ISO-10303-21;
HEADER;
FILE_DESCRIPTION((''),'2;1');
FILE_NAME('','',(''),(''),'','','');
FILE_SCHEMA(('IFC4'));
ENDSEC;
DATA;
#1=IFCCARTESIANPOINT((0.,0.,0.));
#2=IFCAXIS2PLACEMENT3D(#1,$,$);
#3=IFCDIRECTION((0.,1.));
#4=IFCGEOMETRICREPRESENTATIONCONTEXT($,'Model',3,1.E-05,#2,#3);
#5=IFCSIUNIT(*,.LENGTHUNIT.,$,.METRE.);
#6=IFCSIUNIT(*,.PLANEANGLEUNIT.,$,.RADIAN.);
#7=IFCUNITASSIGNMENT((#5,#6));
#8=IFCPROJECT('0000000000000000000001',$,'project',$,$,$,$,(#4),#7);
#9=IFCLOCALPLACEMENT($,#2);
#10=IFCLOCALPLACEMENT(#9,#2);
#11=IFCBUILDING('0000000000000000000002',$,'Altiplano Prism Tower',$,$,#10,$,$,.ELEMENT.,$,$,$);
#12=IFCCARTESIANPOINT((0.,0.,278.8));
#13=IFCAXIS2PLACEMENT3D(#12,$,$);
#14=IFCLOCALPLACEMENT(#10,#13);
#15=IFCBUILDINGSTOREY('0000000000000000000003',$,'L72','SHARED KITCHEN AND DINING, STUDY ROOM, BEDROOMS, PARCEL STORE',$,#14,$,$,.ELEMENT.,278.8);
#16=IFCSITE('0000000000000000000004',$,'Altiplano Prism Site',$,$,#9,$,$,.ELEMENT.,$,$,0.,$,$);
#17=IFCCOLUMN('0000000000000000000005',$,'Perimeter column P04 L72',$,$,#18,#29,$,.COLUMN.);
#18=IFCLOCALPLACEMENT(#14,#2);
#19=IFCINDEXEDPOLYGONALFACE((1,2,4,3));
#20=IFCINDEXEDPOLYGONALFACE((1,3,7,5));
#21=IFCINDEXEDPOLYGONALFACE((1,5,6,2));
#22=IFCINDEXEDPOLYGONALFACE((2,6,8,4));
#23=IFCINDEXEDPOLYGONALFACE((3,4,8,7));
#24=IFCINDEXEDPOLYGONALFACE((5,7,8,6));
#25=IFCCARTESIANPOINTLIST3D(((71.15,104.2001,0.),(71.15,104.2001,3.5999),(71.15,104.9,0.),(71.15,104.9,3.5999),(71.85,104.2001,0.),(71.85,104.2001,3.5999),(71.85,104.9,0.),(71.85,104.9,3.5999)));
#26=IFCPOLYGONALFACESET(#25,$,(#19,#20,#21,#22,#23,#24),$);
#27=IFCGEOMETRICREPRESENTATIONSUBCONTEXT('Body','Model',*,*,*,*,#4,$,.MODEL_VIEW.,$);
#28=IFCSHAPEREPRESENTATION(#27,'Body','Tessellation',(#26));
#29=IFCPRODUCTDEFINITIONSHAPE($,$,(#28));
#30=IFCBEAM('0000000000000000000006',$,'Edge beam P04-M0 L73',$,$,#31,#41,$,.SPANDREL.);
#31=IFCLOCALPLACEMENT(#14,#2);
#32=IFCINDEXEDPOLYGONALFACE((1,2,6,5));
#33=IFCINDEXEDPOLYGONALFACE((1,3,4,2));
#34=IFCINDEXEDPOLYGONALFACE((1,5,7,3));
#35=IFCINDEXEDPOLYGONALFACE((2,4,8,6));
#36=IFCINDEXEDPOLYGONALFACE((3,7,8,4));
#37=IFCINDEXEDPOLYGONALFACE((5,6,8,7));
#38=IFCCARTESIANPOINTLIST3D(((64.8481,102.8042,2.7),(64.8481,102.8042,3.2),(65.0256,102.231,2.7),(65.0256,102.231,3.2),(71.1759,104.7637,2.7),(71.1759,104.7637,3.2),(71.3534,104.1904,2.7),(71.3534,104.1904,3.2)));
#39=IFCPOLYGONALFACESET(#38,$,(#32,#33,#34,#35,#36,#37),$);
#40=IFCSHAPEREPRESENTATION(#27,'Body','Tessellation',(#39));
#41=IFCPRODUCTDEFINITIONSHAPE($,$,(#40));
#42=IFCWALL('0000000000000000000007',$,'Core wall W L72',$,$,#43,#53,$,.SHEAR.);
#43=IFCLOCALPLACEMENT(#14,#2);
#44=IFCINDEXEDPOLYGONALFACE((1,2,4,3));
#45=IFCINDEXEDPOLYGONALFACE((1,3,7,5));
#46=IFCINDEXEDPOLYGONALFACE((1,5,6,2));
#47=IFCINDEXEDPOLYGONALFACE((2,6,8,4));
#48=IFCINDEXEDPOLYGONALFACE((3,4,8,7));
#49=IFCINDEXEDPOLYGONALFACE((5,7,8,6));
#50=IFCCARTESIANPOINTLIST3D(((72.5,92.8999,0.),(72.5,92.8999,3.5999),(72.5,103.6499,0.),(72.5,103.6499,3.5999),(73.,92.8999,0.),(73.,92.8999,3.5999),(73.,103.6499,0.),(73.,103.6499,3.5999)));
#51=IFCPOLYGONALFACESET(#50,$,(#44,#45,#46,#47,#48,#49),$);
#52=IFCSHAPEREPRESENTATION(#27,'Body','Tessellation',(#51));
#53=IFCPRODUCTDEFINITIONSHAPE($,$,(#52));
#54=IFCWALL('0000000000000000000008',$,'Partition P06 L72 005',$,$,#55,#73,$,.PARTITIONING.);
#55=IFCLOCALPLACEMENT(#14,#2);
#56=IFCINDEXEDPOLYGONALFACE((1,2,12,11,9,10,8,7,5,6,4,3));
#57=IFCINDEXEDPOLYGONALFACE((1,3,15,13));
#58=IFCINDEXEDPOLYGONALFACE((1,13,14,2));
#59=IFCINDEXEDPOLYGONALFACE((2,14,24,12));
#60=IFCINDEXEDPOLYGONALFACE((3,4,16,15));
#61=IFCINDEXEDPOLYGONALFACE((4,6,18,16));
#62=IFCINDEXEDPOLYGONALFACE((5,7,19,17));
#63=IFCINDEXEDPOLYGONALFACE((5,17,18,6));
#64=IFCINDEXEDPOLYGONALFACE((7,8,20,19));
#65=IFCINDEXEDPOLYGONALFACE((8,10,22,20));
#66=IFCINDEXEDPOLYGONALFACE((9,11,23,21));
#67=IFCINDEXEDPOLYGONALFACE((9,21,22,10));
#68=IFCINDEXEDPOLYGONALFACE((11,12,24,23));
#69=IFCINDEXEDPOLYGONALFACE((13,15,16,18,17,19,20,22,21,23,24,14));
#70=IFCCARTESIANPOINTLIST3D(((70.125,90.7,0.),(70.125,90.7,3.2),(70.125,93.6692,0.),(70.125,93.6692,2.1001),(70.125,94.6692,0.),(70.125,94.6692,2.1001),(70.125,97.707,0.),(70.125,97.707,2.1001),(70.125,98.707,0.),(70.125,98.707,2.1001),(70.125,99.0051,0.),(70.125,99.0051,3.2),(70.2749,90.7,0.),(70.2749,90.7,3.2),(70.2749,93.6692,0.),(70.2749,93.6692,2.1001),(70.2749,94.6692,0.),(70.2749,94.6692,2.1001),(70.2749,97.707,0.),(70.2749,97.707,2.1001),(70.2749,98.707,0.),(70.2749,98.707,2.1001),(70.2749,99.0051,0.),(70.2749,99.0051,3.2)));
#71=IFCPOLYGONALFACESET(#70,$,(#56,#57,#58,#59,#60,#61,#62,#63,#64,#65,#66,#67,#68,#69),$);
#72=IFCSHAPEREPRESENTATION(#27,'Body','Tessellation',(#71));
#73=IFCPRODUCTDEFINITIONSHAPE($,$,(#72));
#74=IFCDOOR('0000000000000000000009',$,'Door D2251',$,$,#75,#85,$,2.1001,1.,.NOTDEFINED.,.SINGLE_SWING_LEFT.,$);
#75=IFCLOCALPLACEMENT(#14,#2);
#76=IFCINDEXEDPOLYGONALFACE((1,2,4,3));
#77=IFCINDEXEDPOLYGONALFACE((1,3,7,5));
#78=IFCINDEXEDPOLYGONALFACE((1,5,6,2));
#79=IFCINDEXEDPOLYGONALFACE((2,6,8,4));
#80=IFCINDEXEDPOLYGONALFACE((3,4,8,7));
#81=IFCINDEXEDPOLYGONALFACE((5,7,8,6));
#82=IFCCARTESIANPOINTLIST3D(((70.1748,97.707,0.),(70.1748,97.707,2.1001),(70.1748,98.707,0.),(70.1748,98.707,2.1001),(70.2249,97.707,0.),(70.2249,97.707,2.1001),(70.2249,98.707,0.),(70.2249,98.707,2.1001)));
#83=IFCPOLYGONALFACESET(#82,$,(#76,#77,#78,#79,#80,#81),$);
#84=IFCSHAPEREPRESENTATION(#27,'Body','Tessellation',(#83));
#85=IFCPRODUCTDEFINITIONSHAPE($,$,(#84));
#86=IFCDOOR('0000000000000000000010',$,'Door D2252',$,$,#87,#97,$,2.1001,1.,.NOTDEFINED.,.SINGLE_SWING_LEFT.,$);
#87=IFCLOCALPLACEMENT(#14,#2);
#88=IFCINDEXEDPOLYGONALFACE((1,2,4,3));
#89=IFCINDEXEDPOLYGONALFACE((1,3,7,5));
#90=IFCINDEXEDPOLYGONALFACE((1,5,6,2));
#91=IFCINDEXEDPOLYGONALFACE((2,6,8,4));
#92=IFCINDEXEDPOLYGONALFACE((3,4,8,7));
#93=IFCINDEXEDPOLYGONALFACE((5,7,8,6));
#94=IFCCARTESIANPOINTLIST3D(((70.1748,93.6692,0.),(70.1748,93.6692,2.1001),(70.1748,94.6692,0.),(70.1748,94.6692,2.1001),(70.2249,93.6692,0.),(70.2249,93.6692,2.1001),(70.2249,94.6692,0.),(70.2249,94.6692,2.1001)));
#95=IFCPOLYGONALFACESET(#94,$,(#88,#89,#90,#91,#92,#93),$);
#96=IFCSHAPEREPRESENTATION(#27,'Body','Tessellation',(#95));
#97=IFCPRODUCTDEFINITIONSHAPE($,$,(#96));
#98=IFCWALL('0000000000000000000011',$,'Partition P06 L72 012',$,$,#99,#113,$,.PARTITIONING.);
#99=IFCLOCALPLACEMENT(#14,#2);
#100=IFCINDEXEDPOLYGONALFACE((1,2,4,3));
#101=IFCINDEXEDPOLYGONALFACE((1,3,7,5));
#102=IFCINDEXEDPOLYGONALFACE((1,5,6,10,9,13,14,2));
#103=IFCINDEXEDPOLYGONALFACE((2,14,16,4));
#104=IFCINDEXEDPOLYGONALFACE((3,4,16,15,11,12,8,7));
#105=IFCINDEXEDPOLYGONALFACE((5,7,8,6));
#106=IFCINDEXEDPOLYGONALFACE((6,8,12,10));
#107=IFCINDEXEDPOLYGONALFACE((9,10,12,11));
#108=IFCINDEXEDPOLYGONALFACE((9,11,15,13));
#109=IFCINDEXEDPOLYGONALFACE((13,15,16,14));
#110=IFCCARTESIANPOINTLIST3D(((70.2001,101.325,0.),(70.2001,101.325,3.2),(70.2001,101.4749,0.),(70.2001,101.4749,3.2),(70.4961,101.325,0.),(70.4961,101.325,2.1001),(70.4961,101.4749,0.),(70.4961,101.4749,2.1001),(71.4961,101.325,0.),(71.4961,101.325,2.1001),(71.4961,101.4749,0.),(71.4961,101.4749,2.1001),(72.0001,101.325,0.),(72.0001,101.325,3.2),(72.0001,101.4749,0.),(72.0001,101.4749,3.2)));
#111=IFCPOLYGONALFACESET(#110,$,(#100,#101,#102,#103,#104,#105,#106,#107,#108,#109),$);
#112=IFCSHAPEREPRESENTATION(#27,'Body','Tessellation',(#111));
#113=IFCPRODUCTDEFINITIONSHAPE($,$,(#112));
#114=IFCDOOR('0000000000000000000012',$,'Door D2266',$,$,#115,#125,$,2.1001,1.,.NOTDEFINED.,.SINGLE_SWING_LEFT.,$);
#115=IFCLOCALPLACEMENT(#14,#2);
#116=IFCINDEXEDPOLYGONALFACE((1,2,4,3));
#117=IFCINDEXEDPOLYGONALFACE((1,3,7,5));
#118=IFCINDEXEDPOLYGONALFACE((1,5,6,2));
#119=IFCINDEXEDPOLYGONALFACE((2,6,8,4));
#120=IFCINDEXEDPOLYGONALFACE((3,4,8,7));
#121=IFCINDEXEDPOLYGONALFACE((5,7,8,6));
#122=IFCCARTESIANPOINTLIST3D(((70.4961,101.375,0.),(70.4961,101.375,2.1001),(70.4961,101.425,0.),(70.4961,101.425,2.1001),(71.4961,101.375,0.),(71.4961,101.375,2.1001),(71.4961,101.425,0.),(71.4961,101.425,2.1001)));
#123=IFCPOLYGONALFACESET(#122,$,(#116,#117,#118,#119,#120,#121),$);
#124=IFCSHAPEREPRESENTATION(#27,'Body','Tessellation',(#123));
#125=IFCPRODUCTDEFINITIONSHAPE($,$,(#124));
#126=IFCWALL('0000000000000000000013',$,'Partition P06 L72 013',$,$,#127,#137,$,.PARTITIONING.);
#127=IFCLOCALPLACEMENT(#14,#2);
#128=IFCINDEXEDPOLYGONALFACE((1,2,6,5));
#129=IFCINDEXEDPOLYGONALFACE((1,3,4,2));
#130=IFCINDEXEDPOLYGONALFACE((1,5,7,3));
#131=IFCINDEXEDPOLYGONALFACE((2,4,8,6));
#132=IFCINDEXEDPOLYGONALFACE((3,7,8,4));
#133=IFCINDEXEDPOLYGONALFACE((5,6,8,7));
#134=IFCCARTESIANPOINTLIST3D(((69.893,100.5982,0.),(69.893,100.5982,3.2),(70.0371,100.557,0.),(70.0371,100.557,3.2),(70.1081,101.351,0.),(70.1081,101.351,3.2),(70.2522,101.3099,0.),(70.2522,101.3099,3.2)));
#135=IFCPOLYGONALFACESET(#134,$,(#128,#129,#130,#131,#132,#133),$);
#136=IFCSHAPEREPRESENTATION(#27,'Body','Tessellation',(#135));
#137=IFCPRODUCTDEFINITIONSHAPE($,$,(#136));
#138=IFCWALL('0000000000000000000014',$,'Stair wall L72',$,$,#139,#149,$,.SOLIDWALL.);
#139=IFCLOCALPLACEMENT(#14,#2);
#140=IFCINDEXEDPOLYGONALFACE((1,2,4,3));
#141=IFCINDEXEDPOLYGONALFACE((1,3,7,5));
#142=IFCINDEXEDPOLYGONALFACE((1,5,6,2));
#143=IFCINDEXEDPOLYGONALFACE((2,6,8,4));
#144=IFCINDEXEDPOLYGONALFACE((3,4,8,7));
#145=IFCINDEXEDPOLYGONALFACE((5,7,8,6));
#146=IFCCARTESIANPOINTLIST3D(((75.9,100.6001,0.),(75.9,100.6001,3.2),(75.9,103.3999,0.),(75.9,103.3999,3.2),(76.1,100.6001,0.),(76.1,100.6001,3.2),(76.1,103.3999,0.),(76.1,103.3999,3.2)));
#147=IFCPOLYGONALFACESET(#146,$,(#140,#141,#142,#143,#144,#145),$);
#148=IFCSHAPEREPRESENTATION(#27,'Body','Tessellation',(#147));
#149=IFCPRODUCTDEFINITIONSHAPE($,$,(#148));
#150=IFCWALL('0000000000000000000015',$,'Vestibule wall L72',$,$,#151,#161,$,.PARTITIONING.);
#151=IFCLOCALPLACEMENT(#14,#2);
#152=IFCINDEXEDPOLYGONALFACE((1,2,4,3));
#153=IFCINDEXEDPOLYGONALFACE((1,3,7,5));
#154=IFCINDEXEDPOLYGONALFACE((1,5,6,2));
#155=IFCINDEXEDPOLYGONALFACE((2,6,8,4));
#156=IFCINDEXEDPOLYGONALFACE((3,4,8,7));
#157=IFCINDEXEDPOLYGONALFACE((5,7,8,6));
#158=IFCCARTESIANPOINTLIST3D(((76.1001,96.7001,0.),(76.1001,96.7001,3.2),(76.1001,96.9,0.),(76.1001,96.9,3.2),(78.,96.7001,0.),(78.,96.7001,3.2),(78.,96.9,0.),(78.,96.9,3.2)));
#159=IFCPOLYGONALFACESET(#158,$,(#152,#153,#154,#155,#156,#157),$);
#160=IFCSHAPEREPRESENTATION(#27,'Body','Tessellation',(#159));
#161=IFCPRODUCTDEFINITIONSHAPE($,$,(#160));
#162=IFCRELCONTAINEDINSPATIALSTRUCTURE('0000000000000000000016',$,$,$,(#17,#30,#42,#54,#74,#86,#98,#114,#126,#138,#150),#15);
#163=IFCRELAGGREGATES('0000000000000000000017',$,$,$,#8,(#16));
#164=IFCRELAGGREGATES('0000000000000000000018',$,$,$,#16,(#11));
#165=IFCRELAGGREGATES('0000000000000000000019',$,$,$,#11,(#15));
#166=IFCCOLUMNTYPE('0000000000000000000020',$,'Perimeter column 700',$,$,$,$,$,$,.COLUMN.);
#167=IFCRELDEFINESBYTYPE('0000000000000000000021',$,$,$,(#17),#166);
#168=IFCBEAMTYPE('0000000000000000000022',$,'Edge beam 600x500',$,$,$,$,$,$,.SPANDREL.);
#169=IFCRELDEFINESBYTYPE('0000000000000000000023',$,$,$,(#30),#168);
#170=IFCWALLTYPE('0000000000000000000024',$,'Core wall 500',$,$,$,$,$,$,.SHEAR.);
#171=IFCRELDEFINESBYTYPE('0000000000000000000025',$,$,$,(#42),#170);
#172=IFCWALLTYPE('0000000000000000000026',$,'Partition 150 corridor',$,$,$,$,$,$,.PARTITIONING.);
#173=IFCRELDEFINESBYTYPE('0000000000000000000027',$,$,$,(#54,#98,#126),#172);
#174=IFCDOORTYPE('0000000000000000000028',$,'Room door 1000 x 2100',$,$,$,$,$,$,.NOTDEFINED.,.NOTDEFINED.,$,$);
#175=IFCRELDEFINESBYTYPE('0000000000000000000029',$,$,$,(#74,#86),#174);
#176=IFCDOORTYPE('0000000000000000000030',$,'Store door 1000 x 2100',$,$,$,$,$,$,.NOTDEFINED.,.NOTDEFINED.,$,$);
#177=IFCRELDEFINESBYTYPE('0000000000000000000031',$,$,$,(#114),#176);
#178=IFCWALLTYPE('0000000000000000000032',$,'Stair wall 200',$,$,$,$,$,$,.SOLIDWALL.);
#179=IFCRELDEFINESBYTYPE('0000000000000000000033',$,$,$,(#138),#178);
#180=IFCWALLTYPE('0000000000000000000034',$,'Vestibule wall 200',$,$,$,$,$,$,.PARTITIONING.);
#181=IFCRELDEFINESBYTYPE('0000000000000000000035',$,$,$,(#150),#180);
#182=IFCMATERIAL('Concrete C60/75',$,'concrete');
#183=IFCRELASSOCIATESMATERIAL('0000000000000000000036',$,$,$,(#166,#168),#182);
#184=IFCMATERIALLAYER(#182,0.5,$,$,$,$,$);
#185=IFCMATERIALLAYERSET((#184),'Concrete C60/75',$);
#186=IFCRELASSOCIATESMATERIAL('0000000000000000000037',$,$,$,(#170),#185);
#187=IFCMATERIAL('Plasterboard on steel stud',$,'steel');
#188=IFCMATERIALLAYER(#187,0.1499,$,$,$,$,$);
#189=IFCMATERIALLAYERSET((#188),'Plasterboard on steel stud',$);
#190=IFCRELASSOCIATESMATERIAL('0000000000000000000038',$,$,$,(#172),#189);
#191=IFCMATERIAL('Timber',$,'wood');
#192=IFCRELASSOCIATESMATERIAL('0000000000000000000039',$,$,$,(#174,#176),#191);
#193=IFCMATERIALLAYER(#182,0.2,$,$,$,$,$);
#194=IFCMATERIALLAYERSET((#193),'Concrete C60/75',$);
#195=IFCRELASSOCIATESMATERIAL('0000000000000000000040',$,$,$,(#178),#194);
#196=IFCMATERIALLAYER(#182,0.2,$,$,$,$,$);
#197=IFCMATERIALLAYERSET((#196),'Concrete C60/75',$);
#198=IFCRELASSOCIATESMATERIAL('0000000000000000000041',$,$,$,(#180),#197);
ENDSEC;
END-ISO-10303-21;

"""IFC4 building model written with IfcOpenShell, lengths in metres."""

from ifc_helpers import new_model, si_unit, direction, frame, frame_2d, origin, origin_2d, place, context, subcontext, project, spatial, rectangle, extrude, material, layer, layer_set, material_profile, profile_set, type_object, element, fill, save


model = new_model("IFC4")

# Units and contexts
model_context = context("Model", 3, precision=1e-05, world=origin(), true_north=direction((0.0, 1.0)))
body_context = subcontext(model_context, "Body", "Model", "MODEL_VIEW")
ifc_project = project(units=[si_unit("LENGTHUNIT", "METRE"), si_unit("PLANEANGLEUNIT", "RADIAN")], contexts=[model_context])

# Site, building, storey
site_placement = place(None, origin())
site = spatial("IfcSite", under=ifc_project, at=site_placement, Name="Altiplano Prism Site", CompositionType="ELEMENT", RefElevation=0.0)
building_placement = place(site_placement, origin())
building = spatial("IfcBuilding", under=site, at=building_placement, Name="Altiplano Prism Tower", CompositionType="ELEMENT")
storey_placement = place(building_placement, frame((0.0, 0.0, 278.8)))
storey = spatial("IfcBuildingStorey", under=building, at=storey_placement, Name="L72", Description="SHARED KITCHEN AND DINING, STUDY ROOM, BEDROOMS, PARCEL STORE", CompositionType="ELEMENT", Elevation=278.8)

# Column
ifc_material_1 = material(Name="Concrete C60/75", Category="concrete")
ifc_material_profile_1 = material_profile(ifc_material_1, rectangle(XDim=0.7, YDim=0.7, at=origin_2d()), Name="Perimeter column 700")
ifc_profile_set_1 = profile_set([ifc_material_profile_1], Name="Concrete C60/75")
column_type = type_object("IfcColumnType", Name="Perimeter column 700", PredefinedType="COLUMN", material=ifc_profile_set_1)
column_placement = place(storey_placement, frame((71.5, 104.55, 0.0), z_axis=(0.0, 0.0, 1.0), x_axis=(1.0, 0.0, 0.0)))
element("IfcColumn", 1, at=column_placement, inside=storey, type_object=column_type, Name="Perimeter column P04 L72", PredefinedType="COLUMN", context=body_context, shape_type="SweptSolid", body=[
    extrude(rectangle(XDim=0.7, YDim=0.7, at=origin_2d()), origin(), (0.0, 0.0, 1.0), 3.5999),
])

# Beam
ifc_material_profile_2 = material_profile(ifc_material_1, rectangle(XDim=0.6001, YDim=0.5, at=origin_2d()), Name="Edge beam 600x500")
ifc_profile_set_2 = profile_set([ifc_material_profile_2], Name="Concrete C60/75")
beam_type = type_object("IfcBeamType", Name="Edge beam 600x500", PredefinedType="SPANDREL", material=ifc_profile_set_2)
beam_placement = place(storey_placement, frame((71.2646, 104.4771, 2.95), z_axis=(-0.95525, -0.2958, 0.0), x_axis=(0.2958, -0.95525, 0.0)))
element("IfcBeam", 2, at=beam_placement, inside=storey, type_object=beam_type, Name="Edge beam P04-M0 L73", PredefinedType="SPANDREL", context=body_context, shape_type="SweptSolid", body=[
    extrude(rectangle(XDim=0.6001, YDim=0.5, at=origin_2d()), origin(), (0.0, 0.0, 1.0), 6.6243),
])

# Wall
ifc_layer_1 = layer(ifc_material_1, 0.5)
ifc_layer_set_1 = layer_set([ifc_layer_1], Name="Concrete C60/75")
wall_type_1 = type_object("IfcWallType", Name="Core wall 500", PredefinedType="SHEAR", material=ifc_layer_set_1)
wall_1_placement = place(storey_placement, frame((72.75, 103.6499, 0.0), z_axis=(0.0, 0.0, 1.0), x_axis=(0.0, -1.0, 0.0)))
element("IfcWall", 3, at=wall_1_placement, inside=storey, type_object=wall_type_1, Name="Core wall W L72", PredefinedType="SHEAR", context=body_context, shape_type="SweptSolid", body=[
    extrude(rectangle(XDim=10.75, YDim=0.5, at=frame_2d((5.375, 0.0))), origin(), (0.0, 0.0, 1.0), 3.5999),
])

# Wall, openings, doors
ifc_material_2 = material(Name="Plasterboard on steel stud", Category="steel")
ifc_layer_2 = layer(ifc_material_2, 0.1499)
ifc_layer_set_2 = layer_set([ifc_layer_2], Name="Plasterboard on steel stud")
wall_type_2 = type_object("IfcWallType", Name="Partition 150 corridor", PredefinedType="PARTITIONING", material=ifc_layer_set_2)
wall_2_placement = place(storey_placement, frame((70.2, 99.0051, 0.0), z_axis=(0.0, 0.0, 1.0), x_axis=(0.0, -1.0, 0.0)))
wall_2 = element("IfcWall", 4, at=wall_2_placement, inside=storey, type_object=wall_type_2, Name="Partition P06 L72 005", PredefinedType="PARTITIONING", context=body_context, shape_type="SweptSolid", body=[
    extrude(rectangle(XDim=8.3052, YDim=0.1499, at=frame_2d((4.1526, 0.0))), origin(), (0.0, 0.0, 1.0), 3.2),
])
opening_1_placement = place(wall_2_placement, frame((0.2981, 0.0, 0.0)))
opening_1 = element("IfcOpeningElement", 5, at=opening_1_placement, cuts=wall_2, PredefinedType="OPENING", context=body_context, shape_type="SweptSolid", body=[
    extrude(rectangle(XDim=1.0, YDim=2.1001, at=frame_2d((0.5, 1.05))), frame((0.0, 0.0854, 0.0), z_axis=(0.0, -1.0, 0.0), x_axis=(1.0, 0.0, 0.0)), (0.0, 0.0, 1.0), 0.1709),
])
opening_2_placement = place(wall_2_placement, frame((4.3359, 0.0, 0.0)))
opening_2 = element("IfcOpeningElement", 6, at=opening_2_placement, cuts=wall_2, PredefinedType="OPENING", context=body_context, shape_type="SweptSolid", body=[
    extrude(rectangle(XDim=1.0, YDim=2.1001, at=frame_2d((0.5, 1.05))), frame((0.0, 0.0854, 0.0), z_axis=(0.0, -1.0, 0.0), x_axis=(1.0, 0.0, 0.0)), (0.0, 0.0, 1.0), 0.1709),
])
ifc_material_3 = material(Name="Timber", Category="wood")
door_type_1 = type_object("IfcDoorType", Name="Room door 1000 x 2100", OperationType="NOTDEFINED", PredefinedType="NOTDEFINED", material=ifc_material_3)
door_1_placement = place(opening_1_placement, origin())
door_1 = element("IfcDoor", 7, at=door_1_placement, inside=storey, type_object=door_type_1, Name="Door D2251", OperationType="SINGLE_SWING_LEFT", OverallHeight=2.1001, OverallWidth=1.0, PredefinedType="NOTDEFINED", context=body_context, shape_type="SweptSolid", body=[
    extrude(rectangle(XDim=1.0, YDim=2.1001, at=frame_2d((0.5, 1.05))), frame((0.0, 0.0249, 0.0), z_axis=(0.0, -1.0, 0.0), x_axis=(1.0, 0.0, 0.0)), (0.0, 0.0, 1.0), 0.05),
])
fill(opening_1, door_1)
door_2_placement = place(opening_2_placement, origin())
door_2 = element("IfcDoor", 8, at=door_2_placement, inside=storey, type_object=door_type_1, Name="Door D2252", OperationType="SINGLE_SWING_LEFT", OverallHeight=2.1001, OverallWidth=1.0, PredefinedType="NOTDEFINED", context=body_context, shape_type="SweptSolid", body=[
    extrude(rectangle(XDim=1.0, YDim=2.1001, at=frame_2d((0.5, 1.05))), frame((0.0, 0.0249, 0.0), z_axis=(0.0, -1.0, 0.0), x_axis=(1.0, 0.0, 0.0)), (0.0, 0.0, 1.0), 0.05),
])
fill(opening_2, door_2)

# Wall, opening, door
wall_3_placement = place(storey_placement, frame((72.0, 101.3999, 0.0), z_axis=(0.0, 0.0, 1.0), x_axis=(-1.0, 0.0, 0.0)))
wall_3 = element("IfcWall", 9, at=wall_3_placement, inside=storey, type_object=wall_type_2, Name="Partition P06 L72 012", PredefinedType="PARTITIONING", context=body_context, shape_type="SweptSolid", body=[
    extrude(rectangle(XDim=1.8, YDim=0.1499, at=frame_2d((0.8999, 0.0))), origin(), (0.0, 0.0, 1.0), 3.2),
])
opening_3_placement = place(wall_3_placement, frame((0.5039, 0.0, 0.0)))
opening_3 = element("IfcOpeningElement", 10, at=opening_3_placement, cuts=wall_3, PredefinedType="OPENING", context=body_context, shape_type="SweptSolid", body=[
    extrude(rectangle(XDim=1.0, YDim=2.1001, at=frame_2d((0.5, 1.05))), frame((0.0, 0.0854, 0.0), z_axis=(0.0, -1.0, 0.0), x_axis=(1.0, 0.0, 0.0)), (0.0, 0.0, 1.0), 0.1709),
])
door_type_2 = type_object("IfcDoorType", Name="Store door 1000 x 2100", OperationType="NOTDEFINED", PredefinedType="NOTDEFINED", material=ifc_material_3)
door_3_placement = place(opening_3_placement, origin())
door_3 = element("IfcDoor", 11, at=door_3_placement, inside=storey, type_object=door_type_2, Name="Door D2266", OperationType="SINGLE_SWING_LEFT", OverallHeight=2.1001, OverallWidth=1.0, PredefinedType="NOTDEFINED", context=body_context, shape_type="SweptSolid", body=[
    extrude(rectangle(XDim=1.0, YDim=2.1001, at=frame_2d((0.5, 1.05))), frame((0.0, 0.0249, 0.0), z_axis=(0.0, -1.0, 0.0), x_axis=(1.0, 0.0, 0.0)), (0.0, 0.0, 1.0), 0.05),
])
fill(opening_3, door_3)

# Wall
wall_4_placement = place(storey_placement, frame((70.1802, 101.3306, 0.0), z_axis=(0.0, 0.0, 1.0), x_axis=(-0.27468, -0.961536, 0.0)))
element("IfcWall", 12, at=wall_4_placement, inside=storey, type_object=wall_type_2, Name="Partition P06 L72 013", PredefinedType="PARTITIONING", context=body_context, shape_type="SweptSolid", body=[
    extrude(rectangle(XDim=0.783, YDim=0.1499, at=frame_2d((0.3916, 0.0))), origin(), (0.0, 0.0, 1.0), 3.2),
])

# Shared definitions
ifc_layer_3 = layer(ifc_material_1, 0.2)
ifc_layer_set_3 = layer_set([ifc_layer_3], Name="Concrete C60/75")
wall_type_3 = type_object("IfcWallType", Name="Stair wall 200", PredefinedType="SOLIDWALL", material=ifc_layer_set_3)

# Walls
wall_5_placement = place(storey_placement, frame((76.0, 100.6001, 0.0), z_axis=(0.0, 0.0, 1.0), x_axis=(0.0, 1.0, 0.0)))
element("IfcWall", 13, at=wall_5_placement, inside=storey, type_object=wall_type_3, Name="Stair wall L72", PredefinedType="SOLIDWALL", context=body_context, shape_type="SweptSolid", body=[
    extrude(rectangle(XDim=2.7998, YDim=0.2, at=frame_2d((1.3999, 0.0))), origin(), (0.0, 0.0, 1.0), 3.2),
])
ifc_layer_4 = layer(ifc_material_1, 0.2)
ifc_layer_set_4 = layer_set([ifc_layer_4], Name="Concrete C60/75")
wall_type_4 = type_object("IfcWallType", Name="Vestibule wall 200", PredefinedType="PARTITIONING", material=ifc_layer_set_4)
wall_6_placement = place(storey_placement, frame((76.1001, 96.8, 0.0), z_axis=(0.0, 0.0, 1.0), x_axis=(1.0, 0.0, 0.0)))
element("IfcWall", 14, at=wall_6_placement, inside=storey, type_object=wall_type_4, Name="Vestibule wall L72", PredefinedType="PARTITIONING", context=body_context, shape_type="SweptSolid", body=[
    extrude(rectangle(XDim=1.8999, YDim=0.2, at=frame_2d((0.95, 0.0))), origin(), (0.0, 0.0, 1.0), 3.2),
])

save(model, "model.ifc")
